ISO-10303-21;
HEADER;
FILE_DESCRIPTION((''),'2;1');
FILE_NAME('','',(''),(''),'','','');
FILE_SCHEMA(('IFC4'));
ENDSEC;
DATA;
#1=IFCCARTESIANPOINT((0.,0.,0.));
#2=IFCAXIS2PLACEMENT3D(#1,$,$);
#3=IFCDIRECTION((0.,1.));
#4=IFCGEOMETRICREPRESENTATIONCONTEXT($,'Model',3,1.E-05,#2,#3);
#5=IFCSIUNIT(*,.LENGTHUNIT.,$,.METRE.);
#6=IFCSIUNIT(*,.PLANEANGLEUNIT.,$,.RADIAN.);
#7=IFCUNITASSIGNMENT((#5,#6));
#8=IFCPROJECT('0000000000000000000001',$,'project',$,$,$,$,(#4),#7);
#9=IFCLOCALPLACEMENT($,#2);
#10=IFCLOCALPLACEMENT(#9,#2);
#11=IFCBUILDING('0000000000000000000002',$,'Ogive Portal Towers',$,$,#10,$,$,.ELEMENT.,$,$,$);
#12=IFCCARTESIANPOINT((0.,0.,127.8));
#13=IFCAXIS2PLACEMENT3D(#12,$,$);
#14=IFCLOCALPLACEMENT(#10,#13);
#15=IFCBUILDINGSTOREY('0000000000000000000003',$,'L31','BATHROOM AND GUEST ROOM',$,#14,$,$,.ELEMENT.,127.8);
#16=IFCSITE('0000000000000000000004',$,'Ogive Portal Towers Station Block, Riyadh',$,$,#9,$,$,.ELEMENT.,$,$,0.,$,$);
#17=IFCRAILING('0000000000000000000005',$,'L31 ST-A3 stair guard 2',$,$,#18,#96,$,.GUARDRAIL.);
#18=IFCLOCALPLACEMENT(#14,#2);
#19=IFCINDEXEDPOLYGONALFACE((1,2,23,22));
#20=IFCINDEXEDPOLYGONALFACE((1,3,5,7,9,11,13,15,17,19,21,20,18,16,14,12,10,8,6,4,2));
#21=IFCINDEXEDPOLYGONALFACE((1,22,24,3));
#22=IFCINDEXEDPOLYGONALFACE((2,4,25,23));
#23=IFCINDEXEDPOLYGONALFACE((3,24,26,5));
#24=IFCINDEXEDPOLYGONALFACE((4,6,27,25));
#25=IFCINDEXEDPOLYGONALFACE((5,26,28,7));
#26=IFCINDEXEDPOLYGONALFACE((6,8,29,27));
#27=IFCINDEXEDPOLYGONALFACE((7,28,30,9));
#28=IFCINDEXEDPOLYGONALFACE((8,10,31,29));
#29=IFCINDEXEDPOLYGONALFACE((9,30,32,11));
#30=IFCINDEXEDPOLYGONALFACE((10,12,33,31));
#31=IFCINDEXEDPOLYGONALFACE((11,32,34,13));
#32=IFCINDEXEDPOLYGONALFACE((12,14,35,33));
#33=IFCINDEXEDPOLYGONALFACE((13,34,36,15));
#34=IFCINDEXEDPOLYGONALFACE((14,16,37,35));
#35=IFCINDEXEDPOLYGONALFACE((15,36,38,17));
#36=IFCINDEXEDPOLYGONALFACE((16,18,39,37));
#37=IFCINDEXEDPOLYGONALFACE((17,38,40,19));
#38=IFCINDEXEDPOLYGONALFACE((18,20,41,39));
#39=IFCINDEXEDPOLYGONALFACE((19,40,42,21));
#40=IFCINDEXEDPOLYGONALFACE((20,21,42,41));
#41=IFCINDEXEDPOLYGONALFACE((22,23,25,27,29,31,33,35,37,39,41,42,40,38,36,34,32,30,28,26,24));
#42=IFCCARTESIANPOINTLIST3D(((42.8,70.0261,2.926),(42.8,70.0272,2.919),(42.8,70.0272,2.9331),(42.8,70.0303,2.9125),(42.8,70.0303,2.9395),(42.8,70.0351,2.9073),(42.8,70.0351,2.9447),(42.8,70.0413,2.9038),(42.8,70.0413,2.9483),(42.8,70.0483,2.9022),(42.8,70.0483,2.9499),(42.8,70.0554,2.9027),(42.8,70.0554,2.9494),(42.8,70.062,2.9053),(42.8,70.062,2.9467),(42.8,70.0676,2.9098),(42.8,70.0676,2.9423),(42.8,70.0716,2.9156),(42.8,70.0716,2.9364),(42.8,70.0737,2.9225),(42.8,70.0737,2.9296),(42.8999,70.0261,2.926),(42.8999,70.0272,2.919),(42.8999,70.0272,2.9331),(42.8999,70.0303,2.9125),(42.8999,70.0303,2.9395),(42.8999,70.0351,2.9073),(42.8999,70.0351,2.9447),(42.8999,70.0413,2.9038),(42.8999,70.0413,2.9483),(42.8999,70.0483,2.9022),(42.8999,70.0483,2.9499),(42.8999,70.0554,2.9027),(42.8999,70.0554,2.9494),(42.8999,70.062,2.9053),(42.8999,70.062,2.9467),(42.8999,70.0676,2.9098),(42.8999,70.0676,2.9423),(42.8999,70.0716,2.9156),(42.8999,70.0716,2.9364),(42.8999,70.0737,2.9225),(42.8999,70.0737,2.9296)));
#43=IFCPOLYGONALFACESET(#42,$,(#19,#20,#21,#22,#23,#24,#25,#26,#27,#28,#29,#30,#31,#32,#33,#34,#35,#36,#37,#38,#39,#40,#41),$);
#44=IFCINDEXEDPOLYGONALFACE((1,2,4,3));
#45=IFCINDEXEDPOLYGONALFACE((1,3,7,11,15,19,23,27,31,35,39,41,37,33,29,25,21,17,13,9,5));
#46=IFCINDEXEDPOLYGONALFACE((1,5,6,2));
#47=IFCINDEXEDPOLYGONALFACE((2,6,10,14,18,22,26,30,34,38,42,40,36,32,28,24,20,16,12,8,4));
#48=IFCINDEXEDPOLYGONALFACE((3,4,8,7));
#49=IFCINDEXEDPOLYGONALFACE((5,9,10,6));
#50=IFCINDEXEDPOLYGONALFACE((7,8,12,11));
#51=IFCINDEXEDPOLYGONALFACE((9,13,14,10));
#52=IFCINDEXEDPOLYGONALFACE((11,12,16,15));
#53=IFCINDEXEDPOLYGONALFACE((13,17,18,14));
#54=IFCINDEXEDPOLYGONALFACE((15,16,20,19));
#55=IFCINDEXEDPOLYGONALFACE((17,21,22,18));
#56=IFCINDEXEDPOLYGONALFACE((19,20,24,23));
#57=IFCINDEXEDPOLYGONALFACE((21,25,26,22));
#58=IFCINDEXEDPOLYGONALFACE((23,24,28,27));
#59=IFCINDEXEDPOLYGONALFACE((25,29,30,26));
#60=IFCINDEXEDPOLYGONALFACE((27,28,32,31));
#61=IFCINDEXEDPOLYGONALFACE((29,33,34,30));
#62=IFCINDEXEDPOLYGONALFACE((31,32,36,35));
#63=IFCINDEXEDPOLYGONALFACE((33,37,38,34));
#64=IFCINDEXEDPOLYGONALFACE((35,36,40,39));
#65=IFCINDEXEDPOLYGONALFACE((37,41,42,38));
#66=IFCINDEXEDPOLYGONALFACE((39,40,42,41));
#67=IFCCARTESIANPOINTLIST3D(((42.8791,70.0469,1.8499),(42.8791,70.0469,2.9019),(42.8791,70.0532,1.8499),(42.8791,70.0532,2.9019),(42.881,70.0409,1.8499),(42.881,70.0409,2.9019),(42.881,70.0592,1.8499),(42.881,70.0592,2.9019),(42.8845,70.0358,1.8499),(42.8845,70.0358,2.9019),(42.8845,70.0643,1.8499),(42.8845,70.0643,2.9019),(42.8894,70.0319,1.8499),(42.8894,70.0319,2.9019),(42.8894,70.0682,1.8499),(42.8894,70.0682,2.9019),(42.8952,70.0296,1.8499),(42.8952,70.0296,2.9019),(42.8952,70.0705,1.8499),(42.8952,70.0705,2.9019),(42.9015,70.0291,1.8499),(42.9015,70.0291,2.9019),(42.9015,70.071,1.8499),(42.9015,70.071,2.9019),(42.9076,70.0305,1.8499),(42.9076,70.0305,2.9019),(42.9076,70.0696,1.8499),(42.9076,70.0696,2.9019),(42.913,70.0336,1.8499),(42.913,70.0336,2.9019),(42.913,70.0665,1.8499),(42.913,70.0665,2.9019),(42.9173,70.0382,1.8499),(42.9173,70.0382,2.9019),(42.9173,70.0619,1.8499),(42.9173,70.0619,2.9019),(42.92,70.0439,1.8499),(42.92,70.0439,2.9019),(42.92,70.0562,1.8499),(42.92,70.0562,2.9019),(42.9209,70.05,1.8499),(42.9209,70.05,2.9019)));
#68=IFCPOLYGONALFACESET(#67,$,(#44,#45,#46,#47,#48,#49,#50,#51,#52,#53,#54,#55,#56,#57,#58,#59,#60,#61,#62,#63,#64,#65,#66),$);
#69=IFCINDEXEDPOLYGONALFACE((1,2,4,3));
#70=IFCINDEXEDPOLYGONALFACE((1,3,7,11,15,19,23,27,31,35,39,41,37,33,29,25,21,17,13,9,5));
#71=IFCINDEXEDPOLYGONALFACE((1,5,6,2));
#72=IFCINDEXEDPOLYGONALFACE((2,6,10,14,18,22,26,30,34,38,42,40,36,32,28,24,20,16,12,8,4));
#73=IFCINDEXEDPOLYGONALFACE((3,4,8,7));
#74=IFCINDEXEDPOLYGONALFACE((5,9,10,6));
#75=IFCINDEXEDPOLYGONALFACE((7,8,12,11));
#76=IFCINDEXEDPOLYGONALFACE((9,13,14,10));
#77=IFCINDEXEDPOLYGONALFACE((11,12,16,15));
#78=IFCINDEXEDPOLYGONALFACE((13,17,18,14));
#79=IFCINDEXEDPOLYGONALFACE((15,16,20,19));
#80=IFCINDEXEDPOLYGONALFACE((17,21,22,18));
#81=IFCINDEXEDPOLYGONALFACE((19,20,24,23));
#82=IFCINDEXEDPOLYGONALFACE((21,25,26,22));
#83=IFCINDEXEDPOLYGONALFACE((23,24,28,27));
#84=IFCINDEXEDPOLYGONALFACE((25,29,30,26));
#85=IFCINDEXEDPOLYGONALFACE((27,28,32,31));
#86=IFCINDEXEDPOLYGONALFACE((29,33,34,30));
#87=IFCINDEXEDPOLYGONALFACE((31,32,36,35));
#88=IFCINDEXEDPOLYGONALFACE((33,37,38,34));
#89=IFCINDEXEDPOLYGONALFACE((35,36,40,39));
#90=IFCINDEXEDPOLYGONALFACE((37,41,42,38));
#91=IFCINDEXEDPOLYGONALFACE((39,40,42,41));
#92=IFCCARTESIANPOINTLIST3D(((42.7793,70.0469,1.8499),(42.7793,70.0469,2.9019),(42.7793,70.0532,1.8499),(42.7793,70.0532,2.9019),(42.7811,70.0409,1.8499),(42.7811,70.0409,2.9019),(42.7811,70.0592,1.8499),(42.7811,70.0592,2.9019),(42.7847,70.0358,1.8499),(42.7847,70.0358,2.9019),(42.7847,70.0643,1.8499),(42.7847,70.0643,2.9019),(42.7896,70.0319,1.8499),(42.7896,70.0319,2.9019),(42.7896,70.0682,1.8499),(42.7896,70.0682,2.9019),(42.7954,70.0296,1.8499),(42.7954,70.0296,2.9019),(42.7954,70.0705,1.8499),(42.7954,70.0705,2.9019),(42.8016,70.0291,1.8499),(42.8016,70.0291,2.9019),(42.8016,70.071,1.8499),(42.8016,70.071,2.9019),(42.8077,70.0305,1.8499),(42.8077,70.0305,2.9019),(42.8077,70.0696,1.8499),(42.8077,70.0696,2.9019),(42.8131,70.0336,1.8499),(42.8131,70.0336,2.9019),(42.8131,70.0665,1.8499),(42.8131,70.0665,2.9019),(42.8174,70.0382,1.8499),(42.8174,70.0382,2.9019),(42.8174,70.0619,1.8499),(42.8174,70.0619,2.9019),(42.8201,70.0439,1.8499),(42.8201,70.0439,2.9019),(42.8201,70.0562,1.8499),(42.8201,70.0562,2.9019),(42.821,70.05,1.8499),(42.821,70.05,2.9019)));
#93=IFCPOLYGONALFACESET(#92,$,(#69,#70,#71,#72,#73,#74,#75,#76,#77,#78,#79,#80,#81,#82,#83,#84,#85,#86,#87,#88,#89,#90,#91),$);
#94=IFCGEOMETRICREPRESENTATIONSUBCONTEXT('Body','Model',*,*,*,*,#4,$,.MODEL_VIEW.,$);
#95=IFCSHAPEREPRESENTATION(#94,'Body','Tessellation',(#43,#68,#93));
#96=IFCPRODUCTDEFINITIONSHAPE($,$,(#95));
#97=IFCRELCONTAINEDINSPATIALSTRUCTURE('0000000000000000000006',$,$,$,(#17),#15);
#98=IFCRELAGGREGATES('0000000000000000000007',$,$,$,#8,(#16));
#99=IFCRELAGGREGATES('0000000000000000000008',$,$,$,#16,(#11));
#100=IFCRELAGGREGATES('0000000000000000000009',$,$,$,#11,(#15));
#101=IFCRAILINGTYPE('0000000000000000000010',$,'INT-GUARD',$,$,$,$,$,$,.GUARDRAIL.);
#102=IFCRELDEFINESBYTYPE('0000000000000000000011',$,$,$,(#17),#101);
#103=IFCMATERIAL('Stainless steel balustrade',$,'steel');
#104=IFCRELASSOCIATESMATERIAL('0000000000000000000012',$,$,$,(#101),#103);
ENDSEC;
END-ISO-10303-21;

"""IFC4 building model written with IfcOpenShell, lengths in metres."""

from ifc_helpers import new_model, si_unit, direction, frame, origin, origin_2d, place, context, subcontext, project, spatial, circle, extrude, material, type_object, element, save


model = new_model("IFC4")

# Units and contexts
model_context = context("Model", 3, precision=1e-05, world=origin(), true_north=direction((0.0, 1.0)))
body_context = subcontext(model_context, "Body", "Model", "MODEL_VIEW")
ifc_project = project(units=[si_unit("LENGTHUNIT", "METRE"), si_unit("PLANEANGLEUNIT", "RADIAN")], contexts=[model_context])

# Site, building, storey
site_placement = place(None, origin())
site = spatial("IfcSite", under=ifc_project, at=site_placement, Name="Ogive Portal Towers Station Block, Riyadh", CompositionType="ELEMENT", RefElevation=0.0)
building_placement = place(site_placement, origin())
building = spatial("IfcBuilding", under=site, at=building_placement, Name="Ogive Portal Towers", CompositionType="ELEMENT")
storey_placement = place(building_placement, frame((0.0, 0.0, 127.8)))
storey = spatial("IfcBuildingStorey", under=building, at=storey_placement, Name="L31", Description="BATHROOM AND GUEST ROOM", CompositionType="ELEMENT", Elevation=127.8)

# Railing
ifc_material_1 = material(Name="Stainless steel balustrade", Category="steel")
railing_type_1 = type_object("IfcRailingType", Name="INT-GUARD", PredefinedType="GUARDRAIL", material=ifc_material_1)
railing_1_placement = place(storey_placement, frame((42.8999, 70.05, 1.8499)))
element("IfcRailing", 1, at=railing_1_placement, inside=storey, type_object=railing_type_1, Name="L31 ST-A3 stair guard 2", PredefinedType="GUARDRAIL", context=body_context, shape_type="SweptSolid", body=[
    extrude(circle(Radius=0.0239, at=origin_2d()), frame((0.0, 0.0, 1.0762), z_axis=(-1.0, 0.0, 0.0), x_axis=(0.0, -1.0, 0.0)), (0.0, 0.0, 1.0), 0.0999),
    extrude(circle(Radius=0.021, at=origin_2d()), origin(), (0.0, 0.0, 1.0), 1.052),
    extrude(circle(Radius=0.021, at=origin_2d()), frame((-0.0999, 0.0, 0.0)), (0.0, 0.0, 1.0), 1.052),
])

save(model, "model.ifc")
